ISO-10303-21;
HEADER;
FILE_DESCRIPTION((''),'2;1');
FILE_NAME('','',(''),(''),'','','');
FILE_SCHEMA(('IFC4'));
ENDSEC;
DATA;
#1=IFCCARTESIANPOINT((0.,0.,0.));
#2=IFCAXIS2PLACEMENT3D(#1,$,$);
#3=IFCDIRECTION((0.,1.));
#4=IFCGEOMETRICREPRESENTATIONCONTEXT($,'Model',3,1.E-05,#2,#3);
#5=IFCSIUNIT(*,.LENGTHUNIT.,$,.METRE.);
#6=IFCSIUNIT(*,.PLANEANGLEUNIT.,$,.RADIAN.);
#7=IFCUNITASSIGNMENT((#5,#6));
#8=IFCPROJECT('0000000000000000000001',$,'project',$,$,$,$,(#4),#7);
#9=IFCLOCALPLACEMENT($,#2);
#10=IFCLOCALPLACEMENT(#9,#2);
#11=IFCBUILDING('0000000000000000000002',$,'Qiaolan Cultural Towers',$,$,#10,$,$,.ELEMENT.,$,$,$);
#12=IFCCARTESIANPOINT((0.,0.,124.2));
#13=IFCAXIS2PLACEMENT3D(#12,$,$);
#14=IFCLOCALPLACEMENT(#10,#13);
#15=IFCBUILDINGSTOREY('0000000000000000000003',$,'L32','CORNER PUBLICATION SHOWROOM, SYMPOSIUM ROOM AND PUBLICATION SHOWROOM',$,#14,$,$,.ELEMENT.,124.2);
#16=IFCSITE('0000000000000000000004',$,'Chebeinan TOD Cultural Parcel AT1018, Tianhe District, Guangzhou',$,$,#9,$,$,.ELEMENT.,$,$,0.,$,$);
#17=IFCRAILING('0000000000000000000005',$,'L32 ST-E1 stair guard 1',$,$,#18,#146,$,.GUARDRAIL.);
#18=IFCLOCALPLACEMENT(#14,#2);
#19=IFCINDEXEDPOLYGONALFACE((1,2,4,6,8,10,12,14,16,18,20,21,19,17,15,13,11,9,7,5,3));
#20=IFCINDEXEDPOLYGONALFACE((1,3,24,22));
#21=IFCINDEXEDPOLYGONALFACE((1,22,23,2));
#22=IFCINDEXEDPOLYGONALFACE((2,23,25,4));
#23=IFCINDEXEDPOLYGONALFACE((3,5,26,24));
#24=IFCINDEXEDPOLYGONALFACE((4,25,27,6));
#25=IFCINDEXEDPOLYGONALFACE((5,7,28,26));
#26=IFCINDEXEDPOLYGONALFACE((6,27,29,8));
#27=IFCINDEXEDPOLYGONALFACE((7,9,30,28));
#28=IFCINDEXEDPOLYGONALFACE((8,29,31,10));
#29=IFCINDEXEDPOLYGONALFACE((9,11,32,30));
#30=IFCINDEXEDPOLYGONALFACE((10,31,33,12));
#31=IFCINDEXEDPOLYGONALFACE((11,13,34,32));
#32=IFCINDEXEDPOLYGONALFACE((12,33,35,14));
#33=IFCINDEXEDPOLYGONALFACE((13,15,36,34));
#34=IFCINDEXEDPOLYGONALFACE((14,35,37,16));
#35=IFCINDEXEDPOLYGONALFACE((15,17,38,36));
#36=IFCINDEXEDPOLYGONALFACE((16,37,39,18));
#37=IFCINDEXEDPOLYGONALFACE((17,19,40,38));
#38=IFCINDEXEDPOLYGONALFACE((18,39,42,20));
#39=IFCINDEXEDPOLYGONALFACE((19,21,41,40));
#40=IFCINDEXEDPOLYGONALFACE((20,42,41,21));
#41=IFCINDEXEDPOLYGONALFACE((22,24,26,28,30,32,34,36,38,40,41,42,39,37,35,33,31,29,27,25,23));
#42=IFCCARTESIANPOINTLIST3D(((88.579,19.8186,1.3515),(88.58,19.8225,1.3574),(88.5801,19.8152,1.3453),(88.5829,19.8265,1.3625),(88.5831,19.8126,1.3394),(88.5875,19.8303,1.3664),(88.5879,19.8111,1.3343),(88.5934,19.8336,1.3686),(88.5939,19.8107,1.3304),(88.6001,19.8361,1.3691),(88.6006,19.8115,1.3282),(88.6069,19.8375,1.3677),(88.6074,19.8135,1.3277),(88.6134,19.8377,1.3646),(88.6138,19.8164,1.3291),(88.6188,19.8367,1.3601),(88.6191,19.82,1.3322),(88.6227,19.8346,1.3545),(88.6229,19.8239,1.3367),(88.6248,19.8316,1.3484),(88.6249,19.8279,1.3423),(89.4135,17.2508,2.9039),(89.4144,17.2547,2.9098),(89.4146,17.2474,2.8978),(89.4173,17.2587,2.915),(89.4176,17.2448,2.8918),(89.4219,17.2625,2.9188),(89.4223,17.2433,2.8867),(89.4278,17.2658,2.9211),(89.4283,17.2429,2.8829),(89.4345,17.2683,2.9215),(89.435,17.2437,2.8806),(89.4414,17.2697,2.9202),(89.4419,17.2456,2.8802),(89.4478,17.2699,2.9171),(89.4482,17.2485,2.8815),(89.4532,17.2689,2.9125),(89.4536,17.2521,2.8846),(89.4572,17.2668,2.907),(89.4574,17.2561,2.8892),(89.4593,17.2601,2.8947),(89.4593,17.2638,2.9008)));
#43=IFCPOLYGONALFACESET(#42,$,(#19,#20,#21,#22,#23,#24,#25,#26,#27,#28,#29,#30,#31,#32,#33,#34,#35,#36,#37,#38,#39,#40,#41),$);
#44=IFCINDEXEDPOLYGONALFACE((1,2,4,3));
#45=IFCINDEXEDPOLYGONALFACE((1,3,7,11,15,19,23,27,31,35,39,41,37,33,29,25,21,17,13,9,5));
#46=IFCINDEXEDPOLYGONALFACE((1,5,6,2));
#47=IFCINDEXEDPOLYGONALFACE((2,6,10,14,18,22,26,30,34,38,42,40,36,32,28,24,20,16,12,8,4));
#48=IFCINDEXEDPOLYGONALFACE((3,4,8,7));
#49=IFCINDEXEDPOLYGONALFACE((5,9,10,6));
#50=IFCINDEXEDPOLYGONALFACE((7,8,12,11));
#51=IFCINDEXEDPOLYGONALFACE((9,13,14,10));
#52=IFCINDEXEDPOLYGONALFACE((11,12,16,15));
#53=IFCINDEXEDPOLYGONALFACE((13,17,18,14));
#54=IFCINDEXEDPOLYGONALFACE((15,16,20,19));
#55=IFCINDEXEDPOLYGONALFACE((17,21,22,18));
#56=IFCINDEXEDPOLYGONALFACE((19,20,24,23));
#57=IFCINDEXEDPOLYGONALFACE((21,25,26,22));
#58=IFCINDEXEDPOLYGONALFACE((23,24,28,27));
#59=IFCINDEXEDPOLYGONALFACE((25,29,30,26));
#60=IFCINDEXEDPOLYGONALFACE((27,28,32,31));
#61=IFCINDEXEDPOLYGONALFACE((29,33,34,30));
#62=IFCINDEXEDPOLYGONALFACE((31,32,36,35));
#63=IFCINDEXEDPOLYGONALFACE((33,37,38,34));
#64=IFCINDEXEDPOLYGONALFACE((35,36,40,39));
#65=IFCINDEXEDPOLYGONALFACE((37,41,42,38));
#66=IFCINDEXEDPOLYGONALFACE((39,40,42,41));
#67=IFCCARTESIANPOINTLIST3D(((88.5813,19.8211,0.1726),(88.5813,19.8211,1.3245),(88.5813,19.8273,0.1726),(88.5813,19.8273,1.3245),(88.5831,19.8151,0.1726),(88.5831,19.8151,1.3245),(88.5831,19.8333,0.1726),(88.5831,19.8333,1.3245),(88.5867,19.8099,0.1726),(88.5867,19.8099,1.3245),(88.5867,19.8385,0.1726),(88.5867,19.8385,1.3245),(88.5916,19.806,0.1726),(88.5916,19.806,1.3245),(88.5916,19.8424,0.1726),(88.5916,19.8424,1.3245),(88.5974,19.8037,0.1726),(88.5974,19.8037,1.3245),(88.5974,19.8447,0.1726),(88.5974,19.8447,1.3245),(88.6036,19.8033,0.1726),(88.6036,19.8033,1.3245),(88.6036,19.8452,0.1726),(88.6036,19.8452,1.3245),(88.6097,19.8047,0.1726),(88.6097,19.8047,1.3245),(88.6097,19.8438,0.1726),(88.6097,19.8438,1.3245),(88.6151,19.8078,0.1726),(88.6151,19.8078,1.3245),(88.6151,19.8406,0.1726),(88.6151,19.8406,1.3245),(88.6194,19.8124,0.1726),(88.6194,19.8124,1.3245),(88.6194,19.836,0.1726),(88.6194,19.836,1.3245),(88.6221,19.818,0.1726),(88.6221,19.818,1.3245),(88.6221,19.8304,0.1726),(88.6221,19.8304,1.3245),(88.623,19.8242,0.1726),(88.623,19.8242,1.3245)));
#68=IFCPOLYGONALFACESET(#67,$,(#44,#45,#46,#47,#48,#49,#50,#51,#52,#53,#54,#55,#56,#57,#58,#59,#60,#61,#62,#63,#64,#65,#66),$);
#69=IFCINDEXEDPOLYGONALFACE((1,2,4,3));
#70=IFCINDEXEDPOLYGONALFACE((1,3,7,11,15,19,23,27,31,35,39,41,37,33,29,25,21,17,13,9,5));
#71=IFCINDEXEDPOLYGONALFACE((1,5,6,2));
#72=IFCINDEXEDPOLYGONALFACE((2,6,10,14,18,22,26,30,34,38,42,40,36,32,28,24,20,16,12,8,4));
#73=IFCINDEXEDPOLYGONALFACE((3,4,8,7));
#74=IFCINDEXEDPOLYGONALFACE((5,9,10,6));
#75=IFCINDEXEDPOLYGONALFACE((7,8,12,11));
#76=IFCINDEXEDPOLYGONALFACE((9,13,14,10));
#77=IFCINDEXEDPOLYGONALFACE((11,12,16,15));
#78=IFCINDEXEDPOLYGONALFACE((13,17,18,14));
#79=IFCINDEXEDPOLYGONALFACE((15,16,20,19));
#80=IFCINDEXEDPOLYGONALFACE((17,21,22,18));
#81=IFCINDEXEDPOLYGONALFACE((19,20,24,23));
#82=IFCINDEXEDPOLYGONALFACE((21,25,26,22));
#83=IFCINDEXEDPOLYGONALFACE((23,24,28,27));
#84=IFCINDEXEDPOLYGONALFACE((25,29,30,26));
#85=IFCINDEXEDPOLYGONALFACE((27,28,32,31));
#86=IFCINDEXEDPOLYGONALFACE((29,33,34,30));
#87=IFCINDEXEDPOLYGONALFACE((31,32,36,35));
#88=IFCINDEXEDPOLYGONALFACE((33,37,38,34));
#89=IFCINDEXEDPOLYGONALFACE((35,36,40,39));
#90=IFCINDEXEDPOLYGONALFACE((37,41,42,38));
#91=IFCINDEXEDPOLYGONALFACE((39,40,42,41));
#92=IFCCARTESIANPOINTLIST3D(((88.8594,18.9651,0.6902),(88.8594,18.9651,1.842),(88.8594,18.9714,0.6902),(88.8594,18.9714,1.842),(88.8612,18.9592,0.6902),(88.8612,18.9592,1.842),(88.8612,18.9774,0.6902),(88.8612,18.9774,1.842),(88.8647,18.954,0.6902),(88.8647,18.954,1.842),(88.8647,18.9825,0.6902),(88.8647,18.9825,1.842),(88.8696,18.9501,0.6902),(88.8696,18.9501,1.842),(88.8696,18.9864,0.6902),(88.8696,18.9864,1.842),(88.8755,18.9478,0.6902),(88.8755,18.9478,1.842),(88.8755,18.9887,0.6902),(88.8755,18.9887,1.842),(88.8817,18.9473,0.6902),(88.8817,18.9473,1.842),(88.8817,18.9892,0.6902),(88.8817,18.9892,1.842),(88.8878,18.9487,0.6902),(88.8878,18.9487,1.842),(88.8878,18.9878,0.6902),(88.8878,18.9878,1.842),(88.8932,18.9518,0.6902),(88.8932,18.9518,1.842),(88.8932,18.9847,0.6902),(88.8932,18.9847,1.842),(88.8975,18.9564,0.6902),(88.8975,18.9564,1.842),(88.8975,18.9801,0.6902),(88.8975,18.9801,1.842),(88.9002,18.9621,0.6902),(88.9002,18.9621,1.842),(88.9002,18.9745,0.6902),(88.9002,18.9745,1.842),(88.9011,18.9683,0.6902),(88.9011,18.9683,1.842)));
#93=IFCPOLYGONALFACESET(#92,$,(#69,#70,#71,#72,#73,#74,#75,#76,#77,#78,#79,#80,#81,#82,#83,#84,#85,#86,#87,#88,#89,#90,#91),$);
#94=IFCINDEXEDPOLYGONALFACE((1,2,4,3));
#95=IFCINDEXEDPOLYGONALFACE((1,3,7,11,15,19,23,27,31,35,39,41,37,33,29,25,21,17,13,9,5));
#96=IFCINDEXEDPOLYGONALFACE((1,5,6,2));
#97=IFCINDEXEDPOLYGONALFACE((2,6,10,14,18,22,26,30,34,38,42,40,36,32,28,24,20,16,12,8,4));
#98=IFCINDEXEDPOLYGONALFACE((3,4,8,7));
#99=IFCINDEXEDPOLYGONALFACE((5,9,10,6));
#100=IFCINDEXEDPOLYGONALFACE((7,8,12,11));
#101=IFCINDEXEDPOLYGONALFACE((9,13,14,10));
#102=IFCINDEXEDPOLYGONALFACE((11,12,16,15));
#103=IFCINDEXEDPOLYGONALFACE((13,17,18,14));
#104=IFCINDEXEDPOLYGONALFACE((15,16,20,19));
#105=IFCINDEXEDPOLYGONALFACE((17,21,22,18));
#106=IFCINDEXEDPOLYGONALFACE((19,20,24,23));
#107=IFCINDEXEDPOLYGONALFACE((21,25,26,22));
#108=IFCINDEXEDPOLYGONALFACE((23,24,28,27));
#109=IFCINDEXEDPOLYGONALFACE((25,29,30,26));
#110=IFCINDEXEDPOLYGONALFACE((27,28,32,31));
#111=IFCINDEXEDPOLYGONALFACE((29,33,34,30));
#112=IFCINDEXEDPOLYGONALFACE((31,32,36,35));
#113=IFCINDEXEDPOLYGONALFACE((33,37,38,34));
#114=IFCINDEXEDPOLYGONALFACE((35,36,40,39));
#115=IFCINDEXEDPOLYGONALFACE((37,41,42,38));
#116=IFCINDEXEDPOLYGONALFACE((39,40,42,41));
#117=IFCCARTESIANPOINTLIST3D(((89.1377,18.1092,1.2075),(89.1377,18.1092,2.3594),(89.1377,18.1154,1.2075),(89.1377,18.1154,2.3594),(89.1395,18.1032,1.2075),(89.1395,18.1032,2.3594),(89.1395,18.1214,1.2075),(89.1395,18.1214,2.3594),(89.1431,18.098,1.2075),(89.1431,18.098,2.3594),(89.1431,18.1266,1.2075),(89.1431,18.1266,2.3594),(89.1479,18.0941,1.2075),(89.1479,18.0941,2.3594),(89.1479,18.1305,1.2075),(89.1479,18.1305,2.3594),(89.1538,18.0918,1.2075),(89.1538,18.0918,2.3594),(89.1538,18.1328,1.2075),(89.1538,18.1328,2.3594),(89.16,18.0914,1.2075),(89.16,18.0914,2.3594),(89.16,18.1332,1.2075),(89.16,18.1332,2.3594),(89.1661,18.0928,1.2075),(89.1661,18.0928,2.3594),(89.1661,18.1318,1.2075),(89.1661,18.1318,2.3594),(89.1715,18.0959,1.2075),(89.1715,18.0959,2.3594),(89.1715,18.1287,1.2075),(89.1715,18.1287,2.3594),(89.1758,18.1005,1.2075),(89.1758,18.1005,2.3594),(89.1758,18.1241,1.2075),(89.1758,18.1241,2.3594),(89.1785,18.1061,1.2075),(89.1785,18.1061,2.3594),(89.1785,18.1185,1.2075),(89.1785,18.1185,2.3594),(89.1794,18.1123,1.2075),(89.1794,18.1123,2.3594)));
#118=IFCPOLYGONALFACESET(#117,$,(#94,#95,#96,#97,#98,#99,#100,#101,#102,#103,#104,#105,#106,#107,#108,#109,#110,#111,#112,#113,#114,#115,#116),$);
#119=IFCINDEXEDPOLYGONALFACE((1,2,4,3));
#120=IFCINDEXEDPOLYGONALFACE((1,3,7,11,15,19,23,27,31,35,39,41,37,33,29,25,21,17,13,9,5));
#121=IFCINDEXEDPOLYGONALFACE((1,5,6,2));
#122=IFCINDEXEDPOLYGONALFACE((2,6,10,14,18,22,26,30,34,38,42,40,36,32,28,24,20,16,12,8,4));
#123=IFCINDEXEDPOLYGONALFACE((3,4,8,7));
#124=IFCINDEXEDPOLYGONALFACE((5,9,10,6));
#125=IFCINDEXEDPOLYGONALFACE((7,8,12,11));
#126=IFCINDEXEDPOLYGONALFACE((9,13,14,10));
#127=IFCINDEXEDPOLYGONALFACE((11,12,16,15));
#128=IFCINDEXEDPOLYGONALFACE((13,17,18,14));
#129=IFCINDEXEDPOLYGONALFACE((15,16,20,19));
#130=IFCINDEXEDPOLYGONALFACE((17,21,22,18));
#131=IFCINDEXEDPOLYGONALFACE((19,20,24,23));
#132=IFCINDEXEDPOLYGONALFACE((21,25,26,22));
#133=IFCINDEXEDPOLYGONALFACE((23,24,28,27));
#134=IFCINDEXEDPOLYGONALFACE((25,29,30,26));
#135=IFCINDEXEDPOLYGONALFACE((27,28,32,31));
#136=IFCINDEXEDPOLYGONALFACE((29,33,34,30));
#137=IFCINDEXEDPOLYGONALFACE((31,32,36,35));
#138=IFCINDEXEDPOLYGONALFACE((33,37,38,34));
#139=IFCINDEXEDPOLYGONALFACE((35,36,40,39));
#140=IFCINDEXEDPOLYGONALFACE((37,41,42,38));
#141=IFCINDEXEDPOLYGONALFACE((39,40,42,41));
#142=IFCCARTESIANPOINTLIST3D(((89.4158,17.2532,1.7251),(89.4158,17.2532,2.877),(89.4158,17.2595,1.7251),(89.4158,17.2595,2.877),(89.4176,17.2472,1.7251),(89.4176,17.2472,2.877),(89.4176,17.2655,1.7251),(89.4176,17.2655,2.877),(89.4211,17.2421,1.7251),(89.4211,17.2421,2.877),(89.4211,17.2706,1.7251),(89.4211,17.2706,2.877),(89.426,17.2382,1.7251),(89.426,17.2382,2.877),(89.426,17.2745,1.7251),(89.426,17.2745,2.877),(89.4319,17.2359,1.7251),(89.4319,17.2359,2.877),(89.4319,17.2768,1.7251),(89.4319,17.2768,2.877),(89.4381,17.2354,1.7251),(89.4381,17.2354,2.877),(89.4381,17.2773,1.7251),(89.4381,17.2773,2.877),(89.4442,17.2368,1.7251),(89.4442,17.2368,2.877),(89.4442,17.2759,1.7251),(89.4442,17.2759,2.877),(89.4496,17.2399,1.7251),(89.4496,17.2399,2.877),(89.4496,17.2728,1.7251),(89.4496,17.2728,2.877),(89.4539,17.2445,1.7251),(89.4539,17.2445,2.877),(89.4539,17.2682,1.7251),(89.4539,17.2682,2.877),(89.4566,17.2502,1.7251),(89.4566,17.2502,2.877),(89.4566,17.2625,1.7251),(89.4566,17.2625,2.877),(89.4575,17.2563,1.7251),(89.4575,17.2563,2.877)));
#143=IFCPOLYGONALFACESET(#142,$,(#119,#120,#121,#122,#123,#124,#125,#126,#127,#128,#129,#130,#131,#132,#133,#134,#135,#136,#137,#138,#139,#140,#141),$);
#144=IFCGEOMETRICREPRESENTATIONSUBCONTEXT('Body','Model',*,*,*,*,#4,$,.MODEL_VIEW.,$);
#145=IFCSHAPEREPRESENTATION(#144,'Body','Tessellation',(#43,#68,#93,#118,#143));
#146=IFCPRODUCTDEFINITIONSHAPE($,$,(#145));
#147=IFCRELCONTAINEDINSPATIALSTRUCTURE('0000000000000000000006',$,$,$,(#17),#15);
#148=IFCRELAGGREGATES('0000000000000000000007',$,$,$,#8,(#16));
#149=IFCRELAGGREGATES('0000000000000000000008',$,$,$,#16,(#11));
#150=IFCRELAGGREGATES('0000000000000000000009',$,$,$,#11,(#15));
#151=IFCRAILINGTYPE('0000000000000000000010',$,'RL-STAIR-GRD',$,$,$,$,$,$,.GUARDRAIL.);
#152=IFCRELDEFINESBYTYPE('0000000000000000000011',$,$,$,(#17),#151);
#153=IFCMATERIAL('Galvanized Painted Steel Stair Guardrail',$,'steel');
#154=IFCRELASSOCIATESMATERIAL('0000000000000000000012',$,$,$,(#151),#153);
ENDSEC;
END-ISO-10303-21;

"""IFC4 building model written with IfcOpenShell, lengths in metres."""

from ifc_helpers import new_model, si_unit, direction, frame, origin, origin_2d, place, context, subcontext, project, spatial, circle, extrude, material, type_object, element, save


model = new_model("IFC4")

# Units and contexts
model_context = context("Model", 3, precision=1e-05, world=origin(), true_north=direction((0.0, 1.0)))
body_context = subcontext(model_context, "Body", "Model", "MODEL_VIEW")
ifc_project = project(units=[si_unit("LENGTHUNIT", "METRE"), si_unit("PLANEANGLEUNIT", "RADIAN")], contexts=[model_context])

# Site, building, storey
site_placement = place(None, origin())
site = spatial("IfcSite", under=ifc_project, at=site_placement, Name="Chebeinan TOD Cultural Parcel AT1018, Tianhe District, Guangzhou", CompositionType="ELEMENT", RefElevation=0.0)
building_placement = place(site_placement, origin())
building = spatial("IfcBuilding", under=site, at=building_placement, Name="Qiaolan Cultural Towers", CompositionType="ELEMENT")
storey_placement = place(building_placement, frame((0.0, 0.0, 124.2)))
storey = spatial("IfcBuildingStorey", under=building, at=storey_placement, Name="L32", Description="CORNER PUBLICATION SHOWROOM, SYMPOSIUM ROOM AND PUBLICATION SHOWROOM", CompositionType="ELEMENT", Elevation=124.2)

# Railing
ifc_material_1 = material(Name="Galvanized Painted Steel Stair Guardrail", Category="steel")
railing_type_1 = type_object("IfcRailingType", Name="RL-STAIR-GRD", PredefinedType="GUARDRAIL", material=ifc_material_1)
railing_1_placement = place(storey_placement, frame((88.6021, 19.8242, 0.1726)))
element("IfcRailing", 1, at=railing_1_placement, inside=storey, type_object=railing_type_1, Name="L32 ST-E1 stair guard 1", PredefinedType="GUARDRAIL", context=body_context, shape_type="SweptSolid", body=[
    extrude(circle(Radius=0.0239, at=origin_2d()), frame((0.0, 0.0, 1.1758), z_axis=(0.267926, -0.824471, 0.498461), x_axis=(0.951043, 0.309057, 0.0)), (0.0, 0.0, 1.0), 3.1145),
    extrude(circle(Radius=0.021, at=origin_2d()), origin(), (0.0, 0.0, 1.0), 1.1519),
    extrude(circle(Radius=0.021, at=origin_2d()), frame((0.2781, -0.856, 0.5176)), (0.0, 0.0, 1.0), 1.1519),
    extrude(circle(Radius=0.021, at=origin_2d()), frame((0.5564, -1.7119, 1.0349)), (0.0, 0.0, 1.0), 1.1519),
    extrude(circle(Radius=0.021, at=origin_2d()), frame((0.8345, -2.5679, 1.5525)), (0.0, 0.0, 1.0), 1.1519),
])

save(model, "model.ifc")
